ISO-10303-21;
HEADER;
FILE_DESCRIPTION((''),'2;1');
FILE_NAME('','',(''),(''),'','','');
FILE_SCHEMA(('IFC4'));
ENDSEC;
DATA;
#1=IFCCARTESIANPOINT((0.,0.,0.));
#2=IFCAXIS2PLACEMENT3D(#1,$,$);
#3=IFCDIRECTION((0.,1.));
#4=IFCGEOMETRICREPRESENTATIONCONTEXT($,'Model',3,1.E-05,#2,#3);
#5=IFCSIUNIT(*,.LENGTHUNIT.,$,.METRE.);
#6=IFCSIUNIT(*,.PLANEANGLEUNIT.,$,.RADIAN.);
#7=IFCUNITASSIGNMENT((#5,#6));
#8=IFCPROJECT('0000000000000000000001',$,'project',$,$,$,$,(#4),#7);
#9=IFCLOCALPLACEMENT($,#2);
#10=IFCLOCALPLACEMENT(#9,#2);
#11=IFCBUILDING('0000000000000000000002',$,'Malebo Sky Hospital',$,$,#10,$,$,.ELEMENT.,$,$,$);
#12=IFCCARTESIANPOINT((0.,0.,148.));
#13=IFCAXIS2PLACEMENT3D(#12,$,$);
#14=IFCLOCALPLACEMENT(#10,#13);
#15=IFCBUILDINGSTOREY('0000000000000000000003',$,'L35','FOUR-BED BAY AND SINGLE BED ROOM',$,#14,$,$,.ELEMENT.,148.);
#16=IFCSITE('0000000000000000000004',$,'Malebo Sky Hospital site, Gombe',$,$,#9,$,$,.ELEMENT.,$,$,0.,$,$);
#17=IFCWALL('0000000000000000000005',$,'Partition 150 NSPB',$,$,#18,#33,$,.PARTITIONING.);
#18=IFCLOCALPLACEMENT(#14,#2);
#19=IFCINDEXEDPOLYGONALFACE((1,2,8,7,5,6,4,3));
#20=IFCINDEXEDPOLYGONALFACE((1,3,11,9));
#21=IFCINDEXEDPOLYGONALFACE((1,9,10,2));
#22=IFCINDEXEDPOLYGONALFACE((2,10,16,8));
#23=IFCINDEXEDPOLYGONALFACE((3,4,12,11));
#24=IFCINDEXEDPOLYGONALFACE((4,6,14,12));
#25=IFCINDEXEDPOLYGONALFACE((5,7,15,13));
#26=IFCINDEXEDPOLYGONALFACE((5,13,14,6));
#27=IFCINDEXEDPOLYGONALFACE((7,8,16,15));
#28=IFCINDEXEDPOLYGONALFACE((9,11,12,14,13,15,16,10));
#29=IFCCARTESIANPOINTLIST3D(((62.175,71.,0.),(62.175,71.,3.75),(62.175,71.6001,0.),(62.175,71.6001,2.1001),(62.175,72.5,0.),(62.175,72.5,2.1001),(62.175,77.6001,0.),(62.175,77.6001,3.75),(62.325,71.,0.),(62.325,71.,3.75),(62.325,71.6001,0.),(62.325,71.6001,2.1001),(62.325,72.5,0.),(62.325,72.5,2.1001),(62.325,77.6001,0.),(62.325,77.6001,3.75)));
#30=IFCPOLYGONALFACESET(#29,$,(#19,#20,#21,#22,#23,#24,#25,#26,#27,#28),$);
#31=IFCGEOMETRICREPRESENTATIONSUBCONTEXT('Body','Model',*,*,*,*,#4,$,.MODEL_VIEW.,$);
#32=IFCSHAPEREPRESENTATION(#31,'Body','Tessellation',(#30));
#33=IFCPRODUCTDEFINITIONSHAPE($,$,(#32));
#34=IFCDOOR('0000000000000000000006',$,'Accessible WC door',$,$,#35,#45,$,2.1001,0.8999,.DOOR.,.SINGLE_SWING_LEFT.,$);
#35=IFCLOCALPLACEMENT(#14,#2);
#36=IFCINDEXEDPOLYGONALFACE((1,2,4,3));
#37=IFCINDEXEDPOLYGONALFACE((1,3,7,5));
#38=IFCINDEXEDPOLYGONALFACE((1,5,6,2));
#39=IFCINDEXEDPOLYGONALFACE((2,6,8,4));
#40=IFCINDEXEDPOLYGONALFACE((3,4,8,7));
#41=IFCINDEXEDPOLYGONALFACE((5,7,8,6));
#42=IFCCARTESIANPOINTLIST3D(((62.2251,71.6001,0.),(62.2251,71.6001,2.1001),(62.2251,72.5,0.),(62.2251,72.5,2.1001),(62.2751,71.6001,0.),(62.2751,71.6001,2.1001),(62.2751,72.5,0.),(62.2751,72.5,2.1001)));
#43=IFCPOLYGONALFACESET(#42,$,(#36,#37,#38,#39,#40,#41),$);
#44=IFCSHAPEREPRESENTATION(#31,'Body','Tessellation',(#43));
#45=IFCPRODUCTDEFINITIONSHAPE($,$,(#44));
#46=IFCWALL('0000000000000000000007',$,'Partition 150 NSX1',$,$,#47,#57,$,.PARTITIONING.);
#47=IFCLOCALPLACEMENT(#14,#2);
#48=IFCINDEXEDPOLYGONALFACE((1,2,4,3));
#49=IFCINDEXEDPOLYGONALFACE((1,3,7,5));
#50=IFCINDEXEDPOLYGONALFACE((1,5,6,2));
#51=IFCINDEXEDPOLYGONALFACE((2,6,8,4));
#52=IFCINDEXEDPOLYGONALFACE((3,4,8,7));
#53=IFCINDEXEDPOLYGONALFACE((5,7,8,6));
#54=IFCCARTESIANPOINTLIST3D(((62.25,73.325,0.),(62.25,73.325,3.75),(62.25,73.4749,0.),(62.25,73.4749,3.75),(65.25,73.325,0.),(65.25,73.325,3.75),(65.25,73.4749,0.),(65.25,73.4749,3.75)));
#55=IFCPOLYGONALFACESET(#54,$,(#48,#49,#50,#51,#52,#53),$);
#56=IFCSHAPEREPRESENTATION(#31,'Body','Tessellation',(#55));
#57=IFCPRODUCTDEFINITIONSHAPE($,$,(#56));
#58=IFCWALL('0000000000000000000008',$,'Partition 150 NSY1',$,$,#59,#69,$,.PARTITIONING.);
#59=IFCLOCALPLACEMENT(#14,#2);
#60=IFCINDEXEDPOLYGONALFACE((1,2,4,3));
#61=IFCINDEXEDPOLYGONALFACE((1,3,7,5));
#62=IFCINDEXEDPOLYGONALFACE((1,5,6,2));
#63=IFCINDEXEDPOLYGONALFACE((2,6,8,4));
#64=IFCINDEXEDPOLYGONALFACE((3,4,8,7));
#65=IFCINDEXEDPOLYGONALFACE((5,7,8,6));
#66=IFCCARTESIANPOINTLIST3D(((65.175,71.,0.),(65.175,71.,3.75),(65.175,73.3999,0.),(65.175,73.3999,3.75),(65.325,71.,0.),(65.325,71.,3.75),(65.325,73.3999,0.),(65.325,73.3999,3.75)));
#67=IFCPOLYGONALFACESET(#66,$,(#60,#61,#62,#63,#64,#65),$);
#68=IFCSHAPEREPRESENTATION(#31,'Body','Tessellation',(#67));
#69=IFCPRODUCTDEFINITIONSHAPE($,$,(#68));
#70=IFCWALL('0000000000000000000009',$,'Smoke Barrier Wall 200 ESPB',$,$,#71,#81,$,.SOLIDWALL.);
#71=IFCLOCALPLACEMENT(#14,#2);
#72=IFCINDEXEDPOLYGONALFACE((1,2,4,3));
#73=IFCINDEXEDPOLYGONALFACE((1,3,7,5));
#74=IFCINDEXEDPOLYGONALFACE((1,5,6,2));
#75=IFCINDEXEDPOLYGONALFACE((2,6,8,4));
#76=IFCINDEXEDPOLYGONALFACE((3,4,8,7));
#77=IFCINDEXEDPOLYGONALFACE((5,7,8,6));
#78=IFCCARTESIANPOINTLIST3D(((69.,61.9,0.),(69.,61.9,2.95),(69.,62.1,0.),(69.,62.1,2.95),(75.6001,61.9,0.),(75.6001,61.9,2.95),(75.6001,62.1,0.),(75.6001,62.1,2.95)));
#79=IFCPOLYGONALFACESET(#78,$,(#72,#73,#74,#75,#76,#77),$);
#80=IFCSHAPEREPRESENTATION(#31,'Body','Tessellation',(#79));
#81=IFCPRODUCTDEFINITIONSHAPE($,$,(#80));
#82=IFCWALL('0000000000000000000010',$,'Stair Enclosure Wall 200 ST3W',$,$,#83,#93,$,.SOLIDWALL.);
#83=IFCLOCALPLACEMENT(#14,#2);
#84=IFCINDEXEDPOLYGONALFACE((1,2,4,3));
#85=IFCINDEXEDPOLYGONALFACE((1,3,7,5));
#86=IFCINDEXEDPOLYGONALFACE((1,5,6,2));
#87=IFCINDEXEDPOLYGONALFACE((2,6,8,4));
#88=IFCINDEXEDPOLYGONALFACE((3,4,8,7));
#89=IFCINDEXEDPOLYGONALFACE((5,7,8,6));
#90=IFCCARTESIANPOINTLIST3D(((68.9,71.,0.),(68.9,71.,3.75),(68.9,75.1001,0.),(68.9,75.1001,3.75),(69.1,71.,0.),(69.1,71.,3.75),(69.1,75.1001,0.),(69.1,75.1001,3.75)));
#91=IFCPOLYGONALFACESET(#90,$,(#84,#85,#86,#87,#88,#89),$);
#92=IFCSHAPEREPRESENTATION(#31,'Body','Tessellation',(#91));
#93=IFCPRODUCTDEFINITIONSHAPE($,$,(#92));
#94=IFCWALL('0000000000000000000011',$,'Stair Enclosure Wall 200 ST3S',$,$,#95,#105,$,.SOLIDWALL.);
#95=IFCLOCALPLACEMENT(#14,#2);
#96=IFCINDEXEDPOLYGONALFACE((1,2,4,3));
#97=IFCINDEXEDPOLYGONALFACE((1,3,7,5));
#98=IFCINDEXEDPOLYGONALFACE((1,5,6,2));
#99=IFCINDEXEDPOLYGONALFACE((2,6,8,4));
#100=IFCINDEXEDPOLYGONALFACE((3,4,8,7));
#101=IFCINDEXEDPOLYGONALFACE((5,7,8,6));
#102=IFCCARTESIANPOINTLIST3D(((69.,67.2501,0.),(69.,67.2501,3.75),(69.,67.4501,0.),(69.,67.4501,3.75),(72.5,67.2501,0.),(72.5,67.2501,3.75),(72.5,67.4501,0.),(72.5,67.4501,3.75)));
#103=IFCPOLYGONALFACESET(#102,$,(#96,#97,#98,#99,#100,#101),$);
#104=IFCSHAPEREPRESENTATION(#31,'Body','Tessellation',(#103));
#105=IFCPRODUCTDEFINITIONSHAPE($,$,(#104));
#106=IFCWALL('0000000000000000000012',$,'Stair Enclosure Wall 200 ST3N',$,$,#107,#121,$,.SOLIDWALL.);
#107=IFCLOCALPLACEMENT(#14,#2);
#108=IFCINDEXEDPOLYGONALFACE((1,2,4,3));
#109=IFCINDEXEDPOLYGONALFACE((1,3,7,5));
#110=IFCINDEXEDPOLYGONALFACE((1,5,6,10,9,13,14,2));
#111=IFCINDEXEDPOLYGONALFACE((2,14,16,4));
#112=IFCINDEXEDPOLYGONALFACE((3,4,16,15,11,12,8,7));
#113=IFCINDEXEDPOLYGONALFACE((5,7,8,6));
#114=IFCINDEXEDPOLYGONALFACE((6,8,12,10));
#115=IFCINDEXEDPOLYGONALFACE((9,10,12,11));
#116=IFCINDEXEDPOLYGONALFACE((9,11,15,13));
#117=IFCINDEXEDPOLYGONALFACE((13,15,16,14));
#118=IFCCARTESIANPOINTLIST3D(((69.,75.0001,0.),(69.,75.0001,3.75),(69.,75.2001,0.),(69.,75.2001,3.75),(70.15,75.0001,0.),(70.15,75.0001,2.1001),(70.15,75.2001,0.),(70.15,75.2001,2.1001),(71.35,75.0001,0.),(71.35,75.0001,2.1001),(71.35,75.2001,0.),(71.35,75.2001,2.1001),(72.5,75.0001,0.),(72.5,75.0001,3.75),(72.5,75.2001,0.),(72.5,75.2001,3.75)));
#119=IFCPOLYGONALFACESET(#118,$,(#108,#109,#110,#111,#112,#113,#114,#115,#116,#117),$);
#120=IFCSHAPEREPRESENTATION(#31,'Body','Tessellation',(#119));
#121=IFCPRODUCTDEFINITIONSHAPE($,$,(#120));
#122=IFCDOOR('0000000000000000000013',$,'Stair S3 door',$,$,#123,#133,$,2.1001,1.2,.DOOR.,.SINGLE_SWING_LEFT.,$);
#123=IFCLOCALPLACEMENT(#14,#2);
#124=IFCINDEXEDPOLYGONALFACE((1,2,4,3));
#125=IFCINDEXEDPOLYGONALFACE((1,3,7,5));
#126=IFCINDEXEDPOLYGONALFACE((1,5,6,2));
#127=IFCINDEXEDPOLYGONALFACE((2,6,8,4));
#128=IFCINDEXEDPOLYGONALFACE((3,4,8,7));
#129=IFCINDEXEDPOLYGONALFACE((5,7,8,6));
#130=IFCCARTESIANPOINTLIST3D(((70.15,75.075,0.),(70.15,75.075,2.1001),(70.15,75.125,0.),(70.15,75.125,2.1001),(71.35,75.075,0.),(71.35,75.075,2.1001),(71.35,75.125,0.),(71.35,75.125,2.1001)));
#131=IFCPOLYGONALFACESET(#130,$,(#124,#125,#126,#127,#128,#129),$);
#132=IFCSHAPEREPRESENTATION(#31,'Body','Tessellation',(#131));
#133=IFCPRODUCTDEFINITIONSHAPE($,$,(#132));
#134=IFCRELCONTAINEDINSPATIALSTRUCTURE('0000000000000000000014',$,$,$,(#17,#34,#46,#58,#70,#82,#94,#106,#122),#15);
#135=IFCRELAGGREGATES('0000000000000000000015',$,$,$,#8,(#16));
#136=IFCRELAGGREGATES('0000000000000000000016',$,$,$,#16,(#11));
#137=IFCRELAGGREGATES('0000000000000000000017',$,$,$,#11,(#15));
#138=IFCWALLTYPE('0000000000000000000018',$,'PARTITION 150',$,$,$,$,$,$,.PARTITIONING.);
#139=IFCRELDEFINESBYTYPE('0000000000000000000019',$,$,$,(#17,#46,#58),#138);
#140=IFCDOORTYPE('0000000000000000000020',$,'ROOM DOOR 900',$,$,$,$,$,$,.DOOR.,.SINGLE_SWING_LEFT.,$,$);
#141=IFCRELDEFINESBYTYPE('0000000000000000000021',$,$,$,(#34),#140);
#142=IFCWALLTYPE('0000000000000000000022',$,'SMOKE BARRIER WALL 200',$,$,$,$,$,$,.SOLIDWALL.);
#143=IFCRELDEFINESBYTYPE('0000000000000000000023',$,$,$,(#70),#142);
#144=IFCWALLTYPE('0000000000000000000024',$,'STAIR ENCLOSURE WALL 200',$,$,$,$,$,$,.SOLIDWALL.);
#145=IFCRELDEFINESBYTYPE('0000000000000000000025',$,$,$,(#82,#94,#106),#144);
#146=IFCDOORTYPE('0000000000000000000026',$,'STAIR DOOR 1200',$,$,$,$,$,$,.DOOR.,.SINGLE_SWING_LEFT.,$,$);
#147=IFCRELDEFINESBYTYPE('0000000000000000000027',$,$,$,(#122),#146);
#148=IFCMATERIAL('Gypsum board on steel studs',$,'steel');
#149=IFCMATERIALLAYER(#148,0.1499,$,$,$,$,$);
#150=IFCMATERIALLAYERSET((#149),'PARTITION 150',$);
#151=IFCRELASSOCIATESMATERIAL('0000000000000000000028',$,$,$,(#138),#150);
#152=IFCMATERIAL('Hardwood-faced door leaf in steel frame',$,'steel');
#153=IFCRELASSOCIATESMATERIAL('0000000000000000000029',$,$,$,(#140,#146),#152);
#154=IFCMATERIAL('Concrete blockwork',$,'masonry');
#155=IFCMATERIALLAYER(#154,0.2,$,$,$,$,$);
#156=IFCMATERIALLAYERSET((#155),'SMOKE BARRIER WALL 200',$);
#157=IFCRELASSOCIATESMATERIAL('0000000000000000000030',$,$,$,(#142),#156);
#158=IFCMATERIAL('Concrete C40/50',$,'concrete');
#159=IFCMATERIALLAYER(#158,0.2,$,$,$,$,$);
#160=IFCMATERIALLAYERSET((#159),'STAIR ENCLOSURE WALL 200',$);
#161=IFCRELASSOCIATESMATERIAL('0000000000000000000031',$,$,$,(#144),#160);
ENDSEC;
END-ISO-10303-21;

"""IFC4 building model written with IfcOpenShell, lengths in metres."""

from ifc_helpers import new_model, si_unit, direction, frame, frame_2d, origin, place, context, subcontext, project, spatial, rectangle, extrude, material, layer, layer_set, type_object, element, fill, save


model = new_model("IFC4")

# Units and contexts
model_context = context("Model", 3, precision=1e-05, world=origin(), true_north=direction((0.0, 1.0)))
body_context = subcontext(model_context, "Body", "Model", "MODEL_VIEW")
ifc_project = project(units=[si_unit("LENGTHUNIT", "METRE"), si_unit("PLANEANGLEUNIT", "RADIAN")], contexts=[model_context])

# Site, building, storey
site_placement = place(None, origin())
site = spatial("IfcSite", under=ifc_project, at=site_placement, Name="Malebo Sky Hospital site, Gombe", CompositionType="ELEMENT", RefElevation=0.0)
building_placement = place(site_placement, origin())
building = spatial("IfcBuilding", under=site, at=building_placement, Name="Malebo Sky Hospital", CompositionType="ELEMENT")
storey_placement = place(building_placement, frame((0.0, 0.0, 148.0)))
storey = spatial("IfcBuildingStorey", under=building, at=storey_placement, Name="L35", Description="FOUR-BED BAY AND SINGLE BED ROOM", CompositionType="ELEMENT", Elevation=148.0)

# Shared definitions
ifc_material_1 = material(Name="Gypsum board on steel studs", Category="steel")

# Wall, opening, door
ifc_layer_1 = layer(ifc_material_1, 0.1499)
ifc_layer_set_1 = layer_set([ifc_layer_1], Name="PARTITION 150")
wall_type_1 = type_object("IfcWallType", Name="PARTITION 150", PredefinedType="PARTITIONING", material=ifc_layer_set_1)
wall_1_placement = place(storey_placement, frame((62.25, 71.0, 0.0), z_axis=(0.0, 0.0, 1.0), x_axis=(0.0, 1.0, 0.0)))
wall_1 = element("IfcWall", 1, at=wall_1_placement, inside=storey, type_object=wall_type_1, Name="Partition 150 NSPB", PredefinedType="PARTITIONING", context=body_context, shape_type="SweptSolid", body=[
    extrude(rectangle(XDim=6.6001, YDim=0.1499, at=frame_2d((3.3, 0.0))), origin(), (0.0, 0.0, 1.0), 3.75),
])
opening_1_placement = place(wall_1_placement, frame((0.6001, 0.0, 0.0)))
opening_1 = element("IfcOpeningElement", 2, at=opening_1_placement, cuts=wall_1, PredefinedType="OPENING", context=body_context, shape_type="SweptSolid", body=[
    extrude(rectangle(XDim=0.8999, YDim=2.1001, at=frame_2d((0.45, 1.05))), frame((0.0, 0.085, 0.0), z_axis=(0.0, -1.0, 0.0), x_axis=(1.0, 0.0, 0.0)), (0.0, 0.0, 1.0), 0.1699),
])
ifc_material_2 = material(Name="Hardwood-faced door leaf in steel frame", Category="steel")
door_type_1 = type_object("IfcDoorType", Name="ROOM DOOR 900", OperationType="SINGLE_SWING_LEFT", PredefinedType="DOOR", material=ifc_material_2)
door_1_placement = place(opening_1_placement, origin())
door_1 = element("IfcDoor", 3, at=door_1_placement, inside=storey, type_object=door_type_1, Name="Accessible WC door", OperationType="SINGLE_SWING_LEFT", OverallHeight=2.1001, OverallWidth=0.8999, PredefinedType="DOOR", context=body_context, shape_type="SweptSolid", body=[
    extrude(rectangle(XDim=0.8999, YDim=2.1001, at=frame_2d((0.45, 1.05))), frame((0.0, 0.0249, 0.0), z_axis=(0.0, -1.0, 0.0), x_axis=(1.0, 0.0, 0.0)), (0.0, 0.0, 1.0), 0.05),
])
fill(opening_1, door_1)

# Walls
wall_2_placement = place(storey_placement, frame((62.25, 73.3999, 0.0), z_axis=(0.0, 0.0, 1.0), x_axis=(1.0, 0.0, 0.0)))
element("IfcWall", 4, at=wall_2_placement, inside=storey, type_object=wall_type_1, Name="Partition 150 NSX1", PredefinedType="PARTITIONING", context=body_context, shape_type="SweptSolid", body=[
    extrude(rectangle(XDim=3.0, YDim=0.1499, at=frame_2d((1.5, 0.0))), origin(), (0.0, 0.0, 1.0), 3.75),
])
wall_3_placement = place(storey_placement, frame((65.25, 71.0, 0.0), z_axis=(0.0, 0.0, 1.0), x_axis=(0.0, 1.0, 0.0)))
element("IfcWall", 5, at=wall_3_placement, inside=storey, type_object=wall_type_1, Name="Partition 150 NSY1", PredefinedType="PARTITIONING", context=body_context, shape_type="SweptSolid", body=[
    extrude(rectangle(XDim=2.3999, YDim=0.1499, at=frame_2d((1.2, 0.0))), origin(), (0.0, 0.0, 1.0), 3.75),
])
ifc_material_3 = material(Name="Concrete blockwork", Category="masonry")
ifc_layer_2 = layer(ifc_material_3, 0.2)
ifc_layer_set_2 = layer_set([ifc_layer_2], Name="SMOKE BARRIER WALL 200")
wall_type_2 = type_object("IfcWallType", Name="SMOKE BARRIER WALL 200", PredefinedType="SOLIDWALL", material=ifc_layer_set_2)
wall_4_placement = place(storey_placement, frame((69.0, 62.0, 0.0), z_axis=(0.0, 0.0, 1.0), x_axis=(1.0, 0.0, 0.0)))
element("IfcWall", 6, at=wall_4_placement, inside=storey, type_object=wall_type_2, Name="Smoke Barrier Wall 200 ESPB", PredefinedType="SOLIDWALL", context=body_context, shape_type="SweptSolid", body=[
    extrude(rectangle(XDim=6.6001, YDim=0.2, at=frame_2d((3.3, 0.0))), origin(), (0.0, 0.0, 1.0), 2.95),
])
ifc_material_4 = material(Name="Concrete C40/50", Category="concrete")
ifc_layer_3 = layer(ifc_material_4, 0.2)
ifc_layer_set_3 = layer_set([ifc_layer_3], Name="STAIR ENCLOSURE WALL 200")
wall_type_3 = type_object("IfcWallType", Name="STAIR ENCLOSURE WALL 200", PredefinedType="SOLIDWALL", material=ifc_layer_set_3)
wall_5_placement = place(storey_placement, frame((69.0, 71.0, 0.0), z_axis=(0.0, 0.0, 1.0), x_axis=(0.0, 1.0, 0.0)))
element("IfcWall", 7, at=wall_5_placement, inside=storey, type_object=wall_type_3, Name="Stair Enclosure Wall 200 ST3W", PredefinedType="SOLIDWALL", context=body_context, shape_type="SweptSolid", body=[
    extrude(rectangle(XDim=4.1001, YDim=0.2, at=frame_2d((2.05, 0.0))), origin(), (0.0, 0.0, 1.0), 3.75),
])
wall_6_placement = place(storey_placement, frame((69.0, 67.3501, 0.0), z_axis=(0.0, 0.0, 1.0), x_axis=(1.0, 0.0, 0.0)))
element("IfcWall", 8, at=wall_6_placement, inside=storey, type_object=wall_type_3, Name="Stair Enclosure Wall 200 ST3S", PredefinedType="SOLIDWALL", context=body_context, shape_type="SweptSolid", body=[
    extrude(rectangle(XDim=3.5, YDim=0.2, at=frame_2d((1.75, 0.0))), origin(), (0.0, 0.0, 1.0), 3.75),
])

# Wall, opening, door
wall_7_placement = place(storey_placement, frame((69.0, 75.1001, 0.0), z_axis=(0.0, 0.0, 1.0), x_axis=(1.0, 0.0, 0.0)))
wall_7 = element("IfcWall", 9, at=wall_7_placement, inside=storey, type_object=wall_type_3, Name="Stair Enclosure Wall 200 ST3N", PredefinedType="SOLIDWALL", context=body_context, shape_type="SweptSolid", body=[
    extrude(rectangle(XDim=3.5, YDim=0.2, at=frame_2d((1.75, 0.0))), origin(), (0.0, 0.0, 1.0), 3.75),
])
opening_2_placement = place(wall_7_placement, frame((1.1499, 0.0, 0.0)))
opening_2 = element("IfcOpeningElement", 10, at=opening_2_placement, cuts=wall_7, PredefinedType="OPENING", context=body_context, shape_type="SweptSolid", body=[
    extrude(rectangle(XDim=1.2, YDim=2.1001, at=frame_2d((0.6001, 1.05))), frame((0.0, 0.1099, 0.0), z_axis=(0.0, -1.0, 0.0), x_axis=(1.0, 0.0, 0.0)), (0.0, 0.0, 1.0), 0.22),
])
door_type_2 = type_object("IfcDoorType", Name="STAIR DOOR 1200", OperationType="SINGLE_SWING_LEFT", PredefinedType="DOOR", material=ifc_material_2)
door_2_placement = place(opening_2_placement, origin())
door_2 = element("IfcDoor", 11, at=door_2_placement, inside=storey, type_object=door_type_2, Name="Stair S3 door", OperationType="SINGLE_SWING_LEFT", OverallHeight=2.1001, OverallWidth=1.2, PredefinedType="DOOR", context=body_context, shape_type="SweptSolid", body=[
    extrude(rectangle(XDim=1.2, YDim=2.1001, at=frame_2d((0.6001, 1.05))), frame((0.0, 0.0249, 0.0), z_axis=(0.0, -1.0, 0.0), x_axis=(1.0, 0.0, 0.0)), (0.0, 0.0, 1.0), 0.05),
])
fill(opening_2, door_2)

save(model, "model.ifc")
